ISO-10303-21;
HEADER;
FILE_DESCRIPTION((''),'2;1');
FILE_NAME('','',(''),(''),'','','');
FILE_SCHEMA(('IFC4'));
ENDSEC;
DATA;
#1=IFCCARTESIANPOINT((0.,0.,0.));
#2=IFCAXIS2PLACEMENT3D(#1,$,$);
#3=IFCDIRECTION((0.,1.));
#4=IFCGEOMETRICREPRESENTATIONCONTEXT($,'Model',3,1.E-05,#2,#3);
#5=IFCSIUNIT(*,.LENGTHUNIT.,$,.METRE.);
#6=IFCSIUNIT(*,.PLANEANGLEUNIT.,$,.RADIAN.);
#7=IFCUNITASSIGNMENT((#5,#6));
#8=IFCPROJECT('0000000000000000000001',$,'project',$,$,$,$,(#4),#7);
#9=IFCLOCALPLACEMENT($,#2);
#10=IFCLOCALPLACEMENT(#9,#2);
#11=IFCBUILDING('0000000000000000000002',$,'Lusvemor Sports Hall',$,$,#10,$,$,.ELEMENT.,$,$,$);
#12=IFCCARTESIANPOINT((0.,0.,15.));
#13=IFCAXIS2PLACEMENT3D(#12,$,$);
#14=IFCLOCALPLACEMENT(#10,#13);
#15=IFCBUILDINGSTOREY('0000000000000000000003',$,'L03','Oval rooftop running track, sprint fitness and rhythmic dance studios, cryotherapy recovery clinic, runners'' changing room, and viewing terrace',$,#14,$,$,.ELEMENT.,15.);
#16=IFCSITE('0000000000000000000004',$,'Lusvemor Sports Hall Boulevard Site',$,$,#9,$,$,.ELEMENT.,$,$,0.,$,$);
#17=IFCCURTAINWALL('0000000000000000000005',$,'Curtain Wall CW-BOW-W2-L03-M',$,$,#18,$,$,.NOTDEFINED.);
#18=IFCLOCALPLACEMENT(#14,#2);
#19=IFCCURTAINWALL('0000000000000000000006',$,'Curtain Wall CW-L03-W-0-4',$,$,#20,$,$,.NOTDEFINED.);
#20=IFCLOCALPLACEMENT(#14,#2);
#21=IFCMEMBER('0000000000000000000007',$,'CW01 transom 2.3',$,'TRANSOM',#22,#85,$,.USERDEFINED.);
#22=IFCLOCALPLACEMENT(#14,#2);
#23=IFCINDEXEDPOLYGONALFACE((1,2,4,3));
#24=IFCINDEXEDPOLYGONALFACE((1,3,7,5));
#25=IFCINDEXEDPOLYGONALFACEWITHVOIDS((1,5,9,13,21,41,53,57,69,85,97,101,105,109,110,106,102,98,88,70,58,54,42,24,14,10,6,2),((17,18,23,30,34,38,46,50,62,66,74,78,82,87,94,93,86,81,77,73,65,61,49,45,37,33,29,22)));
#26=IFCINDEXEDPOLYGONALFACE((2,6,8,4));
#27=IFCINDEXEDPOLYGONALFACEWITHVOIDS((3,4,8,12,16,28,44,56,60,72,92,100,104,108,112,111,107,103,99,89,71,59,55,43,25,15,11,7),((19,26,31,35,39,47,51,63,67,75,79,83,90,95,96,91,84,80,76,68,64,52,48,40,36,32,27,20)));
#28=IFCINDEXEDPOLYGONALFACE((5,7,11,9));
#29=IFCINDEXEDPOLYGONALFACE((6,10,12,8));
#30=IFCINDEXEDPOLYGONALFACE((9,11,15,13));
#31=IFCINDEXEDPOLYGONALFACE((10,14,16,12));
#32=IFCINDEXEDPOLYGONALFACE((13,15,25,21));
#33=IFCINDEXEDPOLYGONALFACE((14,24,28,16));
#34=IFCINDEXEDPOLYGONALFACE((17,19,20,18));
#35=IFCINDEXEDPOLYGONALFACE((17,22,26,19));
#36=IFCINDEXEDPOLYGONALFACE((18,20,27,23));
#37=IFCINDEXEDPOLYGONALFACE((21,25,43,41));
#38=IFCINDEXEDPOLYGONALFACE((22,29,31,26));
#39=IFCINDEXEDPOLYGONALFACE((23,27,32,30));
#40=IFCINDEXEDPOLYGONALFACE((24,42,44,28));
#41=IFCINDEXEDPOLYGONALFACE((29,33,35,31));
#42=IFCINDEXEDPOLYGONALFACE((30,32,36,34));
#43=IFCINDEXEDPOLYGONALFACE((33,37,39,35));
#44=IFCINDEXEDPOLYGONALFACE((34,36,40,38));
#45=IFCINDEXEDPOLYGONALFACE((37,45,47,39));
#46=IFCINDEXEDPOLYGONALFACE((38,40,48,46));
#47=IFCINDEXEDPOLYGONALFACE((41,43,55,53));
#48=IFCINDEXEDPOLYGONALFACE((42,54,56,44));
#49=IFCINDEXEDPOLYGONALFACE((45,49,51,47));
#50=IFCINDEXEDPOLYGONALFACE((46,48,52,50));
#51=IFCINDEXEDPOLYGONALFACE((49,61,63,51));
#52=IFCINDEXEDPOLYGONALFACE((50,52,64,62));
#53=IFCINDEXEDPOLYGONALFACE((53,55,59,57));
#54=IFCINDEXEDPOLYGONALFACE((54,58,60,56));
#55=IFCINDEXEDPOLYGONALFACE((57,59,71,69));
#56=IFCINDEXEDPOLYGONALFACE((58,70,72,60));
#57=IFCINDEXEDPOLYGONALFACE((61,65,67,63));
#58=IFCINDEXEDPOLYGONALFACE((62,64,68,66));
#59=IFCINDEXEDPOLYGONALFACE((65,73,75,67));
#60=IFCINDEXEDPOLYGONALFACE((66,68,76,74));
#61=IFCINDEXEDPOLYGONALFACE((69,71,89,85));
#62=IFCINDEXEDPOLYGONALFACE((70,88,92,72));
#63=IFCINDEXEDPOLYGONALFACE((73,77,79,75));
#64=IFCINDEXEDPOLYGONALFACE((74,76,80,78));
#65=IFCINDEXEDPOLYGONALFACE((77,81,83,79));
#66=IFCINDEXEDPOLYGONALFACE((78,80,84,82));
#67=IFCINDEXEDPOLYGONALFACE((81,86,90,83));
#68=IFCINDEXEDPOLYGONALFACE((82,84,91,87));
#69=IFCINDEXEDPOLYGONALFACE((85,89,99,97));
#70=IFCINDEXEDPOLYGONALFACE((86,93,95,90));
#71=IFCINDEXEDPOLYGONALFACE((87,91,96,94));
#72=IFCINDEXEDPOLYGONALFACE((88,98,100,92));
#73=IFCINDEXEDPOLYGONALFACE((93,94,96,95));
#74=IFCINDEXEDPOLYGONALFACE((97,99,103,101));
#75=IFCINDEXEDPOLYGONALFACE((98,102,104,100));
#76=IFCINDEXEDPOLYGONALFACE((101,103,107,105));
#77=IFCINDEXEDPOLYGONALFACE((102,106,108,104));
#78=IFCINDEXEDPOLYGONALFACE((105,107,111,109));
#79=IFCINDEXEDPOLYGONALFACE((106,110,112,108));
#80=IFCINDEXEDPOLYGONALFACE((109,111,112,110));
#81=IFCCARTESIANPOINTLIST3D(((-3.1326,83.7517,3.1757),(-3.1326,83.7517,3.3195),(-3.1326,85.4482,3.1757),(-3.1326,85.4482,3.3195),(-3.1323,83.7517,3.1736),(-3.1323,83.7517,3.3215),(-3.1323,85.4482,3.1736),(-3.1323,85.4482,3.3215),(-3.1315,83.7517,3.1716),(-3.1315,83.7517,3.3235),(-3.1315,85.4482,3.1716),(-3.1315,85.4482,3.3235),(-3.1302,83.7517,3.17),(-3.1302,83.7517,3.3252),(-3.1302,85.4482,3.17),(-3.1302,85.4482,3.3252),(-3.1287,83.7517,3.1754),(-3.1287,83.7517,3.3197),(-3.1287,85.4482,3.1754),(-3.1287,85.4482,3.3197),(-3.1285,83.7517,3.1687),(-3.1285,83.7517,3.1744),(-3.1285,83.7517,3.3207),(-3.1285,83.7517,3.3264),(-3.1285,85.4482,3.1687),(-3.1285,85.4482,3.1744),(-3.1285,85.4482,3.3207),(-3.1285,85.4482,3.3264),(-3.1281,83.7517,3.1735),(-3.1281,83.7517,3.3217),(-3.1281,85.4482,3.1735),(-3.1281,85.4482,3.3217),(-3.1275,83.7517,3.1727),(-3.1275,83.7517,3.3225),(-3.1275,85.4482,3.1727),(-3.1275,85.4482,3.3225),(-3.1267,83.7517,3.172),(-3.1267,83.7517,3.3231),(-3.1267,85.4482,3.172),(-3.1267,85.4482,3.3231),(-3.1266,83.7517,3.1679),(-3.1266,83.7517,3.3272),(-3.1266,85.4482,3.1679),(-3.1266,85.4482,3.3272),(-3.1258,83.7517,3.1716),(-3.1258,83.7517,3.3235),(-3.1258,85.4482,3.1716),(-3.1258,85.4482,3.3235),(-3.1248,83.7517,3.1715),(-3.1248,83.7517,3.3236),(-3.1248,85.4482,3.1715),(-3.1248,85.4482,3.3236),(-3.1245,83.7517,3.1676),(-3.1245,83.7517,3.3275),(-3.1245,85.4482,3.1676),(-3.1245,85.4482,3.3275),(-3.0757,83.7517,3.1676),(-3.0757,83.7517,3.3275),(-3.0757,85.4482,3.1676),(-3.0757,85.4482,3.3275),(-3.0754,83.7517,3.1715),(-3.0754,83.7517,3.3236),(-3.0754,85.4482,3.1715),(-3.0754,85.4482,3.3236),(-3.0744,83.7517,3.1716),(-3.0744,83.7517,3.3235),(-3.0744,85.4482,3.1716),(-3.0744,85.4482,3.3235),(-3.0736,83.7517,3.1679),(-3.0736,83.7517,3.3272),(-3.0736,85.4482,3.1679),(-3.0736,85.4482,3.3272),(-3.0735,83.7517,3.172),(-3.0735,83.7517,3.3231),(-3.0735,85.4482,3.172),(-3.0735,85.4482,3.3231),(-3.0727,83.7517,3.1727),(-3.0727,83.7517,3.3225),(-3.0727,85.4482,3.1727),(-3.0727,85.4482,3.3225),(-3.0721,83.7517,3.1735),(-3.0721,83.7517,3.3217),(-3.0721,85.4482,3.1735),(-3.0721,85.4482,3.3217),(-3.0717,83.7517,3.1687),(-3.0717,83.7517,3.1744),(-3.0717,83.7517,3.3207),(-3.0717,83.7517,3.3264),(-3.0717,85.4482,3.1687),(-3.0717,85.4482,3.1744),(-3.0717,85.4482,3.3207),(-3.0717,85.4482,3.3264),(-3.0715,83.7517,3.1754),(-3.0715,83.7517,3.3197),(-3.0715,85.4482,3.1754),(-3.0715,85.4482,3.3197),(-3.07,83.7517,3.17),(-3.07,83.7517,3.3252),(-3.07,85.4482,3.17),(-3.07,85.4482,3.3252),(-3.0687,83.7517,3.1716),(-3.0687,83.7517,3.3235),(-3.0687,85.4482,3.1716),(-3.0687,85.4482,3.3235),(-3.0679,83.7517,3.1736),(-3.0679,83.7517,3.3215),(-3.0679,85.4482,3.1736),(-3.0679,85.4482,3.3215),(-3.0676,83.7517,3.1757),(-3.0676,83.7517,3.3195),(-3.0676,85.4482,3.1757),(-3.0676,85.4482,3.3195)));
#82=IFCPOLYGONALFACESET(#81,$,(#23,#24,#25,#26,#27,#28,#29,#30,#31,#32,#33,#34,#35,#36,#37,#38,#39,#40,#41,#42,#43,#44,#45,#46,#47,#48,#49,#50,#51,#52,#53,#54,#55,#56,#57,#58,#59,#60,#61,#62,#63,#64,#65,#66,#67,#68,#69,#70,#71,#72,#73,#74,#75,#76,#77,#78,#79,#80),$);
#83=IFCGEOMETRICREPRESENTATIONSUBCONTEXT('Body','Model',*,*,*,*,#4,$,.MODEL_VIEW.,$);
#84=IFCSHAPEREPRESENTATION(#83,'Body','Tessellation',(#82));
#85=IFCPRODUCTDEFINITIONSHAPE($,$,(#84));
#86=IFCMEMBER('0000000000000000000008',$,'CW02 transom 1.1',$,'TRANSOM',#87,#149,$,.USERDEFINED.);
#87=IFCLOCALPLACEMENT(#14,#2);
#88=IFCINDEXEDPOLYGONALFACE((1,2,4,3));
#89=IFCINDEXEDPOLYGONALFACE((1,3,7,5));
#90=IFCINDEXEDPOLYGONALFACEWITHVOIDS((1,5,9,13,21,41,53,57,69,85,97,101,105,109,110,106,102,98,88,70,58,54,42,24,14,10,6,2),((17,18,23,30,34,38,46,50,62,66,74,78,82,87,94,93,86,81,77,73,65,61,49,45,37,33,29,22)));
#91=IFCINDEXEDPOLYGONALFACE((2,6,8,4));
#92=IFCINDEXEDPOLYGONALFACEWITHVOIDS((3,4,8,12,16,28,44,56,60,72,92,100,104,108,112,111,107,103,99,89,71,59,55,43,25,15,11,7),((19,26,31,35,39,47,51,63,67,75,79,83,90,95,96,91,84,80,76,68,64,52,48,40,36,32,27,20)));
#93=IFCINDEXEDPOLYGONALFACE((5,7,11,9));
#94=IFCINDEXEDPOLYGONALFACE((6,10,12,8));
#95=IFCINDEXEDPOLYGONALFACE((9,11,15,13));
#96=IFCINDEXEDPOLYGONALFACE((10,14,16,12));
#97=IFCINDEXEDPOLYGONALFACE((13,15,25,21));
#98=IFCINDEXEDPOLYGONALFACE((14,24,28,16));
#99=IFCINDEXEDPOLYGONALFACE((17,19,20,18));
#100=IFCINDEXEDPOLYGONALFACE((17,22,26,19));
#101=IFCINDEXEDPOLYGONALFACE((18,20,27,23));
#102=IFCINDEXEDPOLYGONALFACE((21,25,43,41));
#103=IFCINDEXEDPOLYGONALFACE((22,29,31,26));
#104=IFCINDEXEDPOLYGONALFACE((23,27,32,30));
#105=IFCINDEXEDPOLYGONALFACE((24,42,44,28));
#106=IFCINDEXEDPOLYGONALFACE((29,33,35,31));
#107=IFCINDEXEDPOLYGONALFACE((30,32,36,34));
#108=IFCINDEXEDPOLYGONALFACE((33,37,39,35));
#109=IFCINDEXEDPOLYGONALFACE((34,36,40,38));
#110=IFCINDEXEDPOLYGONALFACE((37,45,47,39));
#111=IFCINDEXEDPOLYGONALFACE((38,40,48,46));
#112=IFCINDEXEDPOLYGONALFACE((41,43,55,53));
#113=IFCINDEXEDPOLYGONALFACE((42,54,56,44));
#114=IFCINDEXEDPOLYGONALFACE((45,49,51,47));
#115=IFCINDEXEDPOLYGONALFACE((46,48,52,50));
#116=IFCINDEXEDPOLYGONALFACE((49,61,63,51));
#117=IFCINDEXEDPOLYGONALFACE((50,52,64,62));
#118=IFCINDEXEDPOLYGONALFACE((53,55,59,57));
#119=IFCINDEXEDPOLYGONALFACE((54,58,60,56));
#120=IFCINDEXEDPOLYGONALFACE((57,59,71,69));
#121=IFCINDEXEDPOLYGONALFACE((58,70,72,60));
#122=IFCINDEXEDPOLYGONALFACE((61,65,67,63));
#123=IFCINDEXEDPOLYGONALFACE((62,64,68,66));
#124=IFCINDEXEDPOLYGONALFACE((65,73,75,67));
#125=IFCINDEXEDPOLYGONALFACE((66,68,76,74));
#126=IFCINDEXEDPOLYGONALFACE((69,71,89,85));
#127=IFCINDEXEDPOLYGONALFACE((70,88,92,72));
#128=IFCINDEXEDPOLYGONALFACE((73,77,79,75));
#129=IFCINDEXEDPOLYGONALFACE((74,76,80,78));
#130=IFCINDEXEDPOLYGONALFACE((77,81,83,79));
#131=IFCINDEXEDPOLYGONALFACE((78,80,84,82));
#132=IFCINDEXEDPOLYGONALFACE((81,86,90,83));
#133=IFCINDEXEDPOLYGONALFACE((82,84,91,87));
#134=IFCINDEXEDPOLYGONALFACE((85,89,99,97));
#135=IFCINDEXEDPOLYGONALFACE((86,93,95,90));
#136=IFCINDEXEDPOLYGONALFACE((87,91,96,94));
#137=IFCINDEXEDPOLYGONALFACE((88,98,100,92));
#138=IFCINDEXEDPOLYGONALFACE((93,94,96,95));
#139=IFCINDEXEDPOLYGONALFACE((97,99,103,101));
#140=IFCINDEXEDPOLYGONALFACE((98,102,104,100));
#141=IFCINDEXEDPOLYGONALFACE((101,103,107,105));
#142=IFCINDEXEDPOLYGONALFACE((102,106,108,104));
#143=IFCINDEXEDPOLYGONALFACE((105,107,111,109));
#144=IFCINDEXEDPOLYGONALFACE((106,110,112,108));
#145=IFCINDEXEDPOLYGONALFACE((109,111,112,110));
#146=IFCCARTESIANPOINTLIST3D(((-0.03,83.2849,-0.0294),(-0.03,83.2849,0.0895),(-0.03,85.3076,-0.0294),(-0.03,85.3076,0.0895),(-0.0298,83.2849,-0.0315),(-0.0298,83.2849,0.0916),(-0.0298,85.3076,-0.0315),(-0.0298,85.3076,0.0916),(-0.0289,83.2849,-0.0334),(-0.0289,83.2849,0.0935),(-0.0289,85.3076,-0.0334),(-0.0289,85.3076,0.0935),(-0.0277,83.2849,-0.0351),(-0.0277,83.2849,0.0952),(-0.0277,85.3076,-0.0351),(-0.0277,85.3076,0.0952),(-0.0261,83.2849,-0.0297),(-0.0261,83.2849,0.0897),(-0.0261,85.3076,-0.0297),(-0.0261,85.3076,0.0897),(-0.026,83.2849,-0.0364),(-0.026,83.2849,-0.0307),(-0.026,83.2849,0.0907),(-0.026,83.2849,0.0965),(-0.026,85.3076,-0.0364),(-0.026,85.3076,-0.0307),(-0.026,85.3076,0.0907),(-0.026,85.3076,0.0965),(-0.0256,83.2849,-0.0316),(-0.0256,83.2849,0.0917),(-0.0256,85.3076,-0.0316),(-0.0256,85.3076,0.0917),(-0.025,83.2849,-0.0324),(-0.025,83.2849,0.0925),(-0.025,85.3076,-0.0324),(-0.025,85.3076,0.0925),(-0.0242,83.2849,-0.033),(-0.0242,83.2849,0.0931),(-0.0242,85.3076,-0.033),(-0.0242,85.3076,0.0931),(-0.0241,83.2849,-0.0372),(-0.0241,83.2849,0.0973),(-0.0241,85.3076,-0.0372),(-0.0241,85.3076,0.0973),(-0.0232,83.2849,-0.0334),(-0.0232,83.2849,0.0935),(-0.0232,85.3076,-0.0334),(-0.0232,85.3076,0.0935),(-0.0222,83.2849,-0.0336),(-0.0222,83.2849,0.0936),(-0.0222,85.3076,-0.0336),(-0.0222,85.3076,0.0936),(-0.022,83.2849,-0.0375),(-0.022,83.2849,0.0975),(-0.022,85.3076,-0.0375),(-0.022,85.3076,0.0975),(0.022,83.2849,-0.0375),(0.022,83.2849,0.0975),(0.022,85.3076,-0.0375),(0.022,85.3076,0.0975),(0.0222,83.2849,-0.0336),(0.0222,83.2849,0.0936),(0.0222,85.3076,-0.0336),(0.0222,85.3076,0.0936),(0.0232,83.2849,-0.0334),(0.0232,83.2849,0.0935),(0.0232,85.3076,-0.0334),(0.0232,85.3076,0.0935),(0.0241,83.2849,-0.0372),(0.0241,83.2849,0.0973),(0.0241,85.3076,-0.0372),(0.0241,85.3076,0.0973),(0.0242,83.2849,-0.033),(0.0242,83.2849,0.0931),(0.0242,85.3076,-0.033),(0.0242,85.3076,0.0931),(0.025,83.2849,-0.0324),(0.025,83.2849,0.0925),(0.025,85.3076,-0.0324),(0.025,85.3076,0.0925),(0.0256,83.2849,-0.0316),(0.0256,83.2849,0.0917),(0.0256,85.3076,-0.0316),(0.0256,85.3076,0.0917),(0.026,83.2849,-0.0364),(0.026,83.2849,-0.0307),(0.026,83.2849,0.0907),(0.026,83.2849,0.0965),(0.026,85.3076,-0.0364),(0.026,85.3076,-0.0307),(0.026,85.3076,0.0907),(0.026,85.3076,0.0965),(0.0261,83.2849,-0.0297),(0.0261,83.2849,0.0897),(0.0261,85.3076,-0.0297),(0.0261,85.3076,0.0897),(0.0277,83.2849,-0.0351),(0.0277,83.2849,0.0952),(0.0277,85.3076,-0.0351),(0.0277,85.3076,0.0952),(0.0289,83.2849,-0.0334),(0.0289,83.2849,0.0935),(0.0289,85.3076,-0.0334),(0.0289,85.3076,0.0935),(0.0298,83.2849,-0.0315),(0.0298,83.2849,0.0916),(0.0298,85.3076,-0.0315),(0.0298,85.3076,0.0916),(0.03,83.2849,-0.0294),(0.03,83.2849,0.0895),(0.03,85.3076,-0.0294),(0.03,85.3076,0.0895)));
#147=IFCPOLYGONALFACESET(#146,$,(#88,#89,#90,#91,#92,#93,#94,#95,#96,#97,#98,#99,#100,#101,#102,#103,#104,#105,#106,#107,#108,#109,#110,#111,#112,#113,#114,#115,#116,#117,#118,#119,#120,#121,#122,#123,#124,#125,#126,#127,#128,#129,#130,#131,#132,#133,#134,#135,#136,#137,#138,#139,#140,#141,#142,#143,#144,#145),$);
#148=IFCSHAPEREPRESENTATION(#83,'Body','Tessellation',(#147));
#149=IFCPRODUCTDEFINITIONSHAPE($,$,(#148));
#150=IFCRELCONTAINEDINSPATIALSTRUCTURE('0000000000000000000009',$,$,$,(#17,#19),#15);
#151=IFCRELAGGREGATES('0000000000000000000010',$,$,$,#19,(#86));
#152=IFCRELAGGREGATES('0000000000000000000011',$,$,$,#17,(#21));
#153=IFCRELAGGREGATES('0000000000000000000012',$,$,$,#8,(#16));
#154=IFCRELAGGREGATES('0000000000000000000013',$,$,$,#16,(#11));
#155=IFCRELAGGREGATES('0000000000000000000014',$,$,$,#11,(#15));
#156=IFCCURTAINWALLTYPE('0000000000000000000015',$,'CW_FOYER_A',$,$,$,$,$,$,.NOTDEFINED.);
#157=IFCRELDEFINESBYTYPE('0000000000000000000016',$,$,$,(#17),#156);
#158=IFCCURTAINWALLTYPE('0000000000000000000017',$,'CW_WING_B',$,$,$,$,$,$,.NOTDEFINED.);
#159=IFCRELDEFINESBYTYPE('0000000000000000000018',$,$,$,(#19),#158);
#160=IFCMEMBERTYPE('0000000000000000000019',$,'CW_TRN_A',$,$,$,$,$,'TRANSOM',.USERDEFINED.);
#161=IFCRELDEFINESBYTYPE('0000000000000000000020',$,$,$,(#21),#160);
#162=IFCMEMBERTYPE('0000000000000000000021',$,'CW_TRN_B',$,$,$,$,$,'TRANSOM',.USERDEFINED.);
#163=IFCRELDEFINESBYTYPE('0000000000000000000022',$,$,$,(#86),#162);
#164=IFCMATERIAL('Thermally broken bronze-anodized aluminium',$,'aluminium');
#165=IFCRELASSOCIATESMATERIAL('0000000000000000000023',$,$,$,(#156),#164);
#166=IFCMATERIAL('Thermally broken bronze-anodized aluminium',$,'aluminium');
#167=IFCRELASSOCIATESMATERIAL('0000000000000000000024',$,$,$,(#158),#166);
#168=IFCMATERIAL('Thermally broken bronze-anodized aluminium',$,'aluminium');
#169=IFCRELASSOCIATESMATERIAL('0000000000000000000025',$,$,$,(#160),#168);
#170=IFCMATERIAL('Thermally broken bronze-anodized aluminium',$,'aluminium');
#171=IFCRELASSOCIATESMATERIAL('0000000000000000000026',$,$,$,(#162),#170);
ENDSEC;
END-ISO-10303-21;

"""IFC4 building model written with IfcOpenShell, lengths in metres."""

from ifc_helpers import new_model, si_unit, direction, frame, origin, origin_2d, place, context, subcontext, project, spatial, hollow_rectangle, extrude, material, material_profile, profile_set, type_object, element, aggregate, save


model = new_model("IFC4")

# Units and contexts
model_context = context("Model", 3, precision=1e-05, world=origin(), true_north=direction((0.0, 1.0)))
body_context = subcontext(model_context, "Body", "Model", "MODEL_VIEW")
ifc_project = project(units=[si_unit("LENGTHUNIT", "METRE"), si_unit("PLANEANGLEUNIT", "RADIAN")], contexts=[model_context])

# Site, building, storey
site_placement = place(None, origin())
site = spatial("IfcSite", under=ifc_project, at=site_placement, Name="Lusvemor Sports Hall Boulevard Site", CompositionType="ELEMENT", RefElevation=0.0)
building_placement = place(site_placement, origin())
building = spatial("IfcBuilding", under=site, at=building_placement, Name="Lusvemor Sports Hall", CompositionType="ELEMENT")
storey_placement = place(building_placement, frame((0.0, 0.0, 15.0)))
storey = spatial("IfcBuildingStorey", under=building, at=storey_placement, Name="L03", Description="Oval rooftop running track, sprint fitness and rhythmic dance studios, cryotherapy recovery clinic, runners' changing room, and viewing terrace", CompositionType="ELEMENT", Elevation=15.0)

# Curtain walls
ifc_material_1 = material(Name="Thermally broken bronze-anodized aluminium", Category="aluminium")
curtain_wall_type_1 = type_object("IfcCurtainWallType", Name="CW_FOYER_A", PredefinedType="NOTDEFINED", material=ifc_material_1)
curtain_wall_1_placement = place(storey_placement, origin())
curtain_wall_1 = element("IfcCurtainWall", 1, at=curtain_wall_1_placement, inside=storey, type_object=curtain_wall_type_1, Name="Curtain Wall CW-BOW-W2-L03-M", PredefinedType="NOTDEFINED")
ifc_material_2 = material(Name="Thermally broken bronze-anodized aluminium", Category="aluminium")
curtain_wall_type_2 = type_object("IfcCurtainWallType", Name="CW_WING_B", PredefinedType="NOTDEFINED", material=ifc_material_2)
curtain_wall_2_placement = place(storey_placement, origin())
curtain_wall_2 = element("IfcCurtainWall", 2, at=curtain_wall_2_placement, inside=storey, type_object=curtain_wall_type_2, Name="Curtain Wall CW-L03-W-0-4", PredefinedType="NOTDEFINED")

# Members
ifc_material_3 = material(Name="Thermally broken bronze-anodized aluminium", Category="aluminium")
ifc_material_profile_1 = material_profile(ifc_material_3, hollow_rectangle(XDim=0.0649, YDim=0.1599, WallThickness=0.0039, InnerFilletRadius=0.0039, OuterFilletRadius=0.0081, at=origin_2d()), Name="CWTRN160x65x4")
ifc_profile_set_1 = profile_set([ifc_material_profile_1], Name="Thermally broken bronze-anodized aluminium")
member_type_1 = type_object("IfcMemberType", Name="CW_TRN_A", ElementType="TRANSOM", PredefinedType="USERDEFINED", material=ifc_profile_set_1)
member_1_placement = place(storey_placement, frame((-3.1001, 83.7517, 3.2476), z_axis=(0.0, 1.0, 0.0), x_axis=(-1.0, 0.0, 0.0)))
member_1 = element("IfcMember", 3, at=member_1_placement, type_object=member_type_1, Name="CW01 transom 2.3", ObjectType="TRANSOM", PredefinedType="USERDEFINED", context=body_context, shape_type="SweptSolid", body=[
    extrude(hollow_rectangle(XDim=0.0649, YDim=0.1599, WallThickness=0.0039, InnerFilletRadius=0.0039, OuterFilletRadius=0.0081, at=origin_2d()), origin(), (0.0, 0.0, 1.0), 1.6965),
])
ifc_material_4 = material(Name="Thermally broken bronze-anodized aluminium", Category="aluminium")
ifc_material_profile_2 = material_profile(ifc_material_4, hollow_rectangle(XDim=0.0601, YDim=0.135, WallThickness=0.0039, InnerFilletRadius=0.0039, OuterFilletRadius=0.0081, at=origin_2d()), Name="CWTRN135x60x4")
ifc_profile_set_2 = profile_set([ifc_material_profile_2], Name="Thermally broken bronze-anodized aluminium")
member_type_2 = type_object("IfcMemberType", Name="CW_TRN_B", ElementType="TRANSOM", PredefinedType="USERDEFINED", material=ifc_profile_set_2)
member_2_placement = place(storey_placement, frame((0.0, 83.2849, 0.03), z_axis=(0.0, 1.0, 0.0), x_axis=(-1.0, 0.0, 0.0)))
member_2 = element("IfcMember", 4, at=member_2_placement, type_object=member_type_2, Name="CW02 transom 1.1", ObjectType="TRANSOM", PredefinedType="USERDEFINED", context=body_context, shape_type="SweptSolid", body=[
    extrude(hollow_rectangle(XDim=0.0601, YDim=0.135, WallThickness=0.0039, InnerFilletRadius=0.0039, OuterFilletRadius=0.0081, at=origin_2d()), origin(), (0.0, 0.0, 1.0), 2.0227),
])

aggregate(curtain_wall_2, [member_2])
aggregate(curtain_wall_1, [member_1])

save(model, "model.ifc")
